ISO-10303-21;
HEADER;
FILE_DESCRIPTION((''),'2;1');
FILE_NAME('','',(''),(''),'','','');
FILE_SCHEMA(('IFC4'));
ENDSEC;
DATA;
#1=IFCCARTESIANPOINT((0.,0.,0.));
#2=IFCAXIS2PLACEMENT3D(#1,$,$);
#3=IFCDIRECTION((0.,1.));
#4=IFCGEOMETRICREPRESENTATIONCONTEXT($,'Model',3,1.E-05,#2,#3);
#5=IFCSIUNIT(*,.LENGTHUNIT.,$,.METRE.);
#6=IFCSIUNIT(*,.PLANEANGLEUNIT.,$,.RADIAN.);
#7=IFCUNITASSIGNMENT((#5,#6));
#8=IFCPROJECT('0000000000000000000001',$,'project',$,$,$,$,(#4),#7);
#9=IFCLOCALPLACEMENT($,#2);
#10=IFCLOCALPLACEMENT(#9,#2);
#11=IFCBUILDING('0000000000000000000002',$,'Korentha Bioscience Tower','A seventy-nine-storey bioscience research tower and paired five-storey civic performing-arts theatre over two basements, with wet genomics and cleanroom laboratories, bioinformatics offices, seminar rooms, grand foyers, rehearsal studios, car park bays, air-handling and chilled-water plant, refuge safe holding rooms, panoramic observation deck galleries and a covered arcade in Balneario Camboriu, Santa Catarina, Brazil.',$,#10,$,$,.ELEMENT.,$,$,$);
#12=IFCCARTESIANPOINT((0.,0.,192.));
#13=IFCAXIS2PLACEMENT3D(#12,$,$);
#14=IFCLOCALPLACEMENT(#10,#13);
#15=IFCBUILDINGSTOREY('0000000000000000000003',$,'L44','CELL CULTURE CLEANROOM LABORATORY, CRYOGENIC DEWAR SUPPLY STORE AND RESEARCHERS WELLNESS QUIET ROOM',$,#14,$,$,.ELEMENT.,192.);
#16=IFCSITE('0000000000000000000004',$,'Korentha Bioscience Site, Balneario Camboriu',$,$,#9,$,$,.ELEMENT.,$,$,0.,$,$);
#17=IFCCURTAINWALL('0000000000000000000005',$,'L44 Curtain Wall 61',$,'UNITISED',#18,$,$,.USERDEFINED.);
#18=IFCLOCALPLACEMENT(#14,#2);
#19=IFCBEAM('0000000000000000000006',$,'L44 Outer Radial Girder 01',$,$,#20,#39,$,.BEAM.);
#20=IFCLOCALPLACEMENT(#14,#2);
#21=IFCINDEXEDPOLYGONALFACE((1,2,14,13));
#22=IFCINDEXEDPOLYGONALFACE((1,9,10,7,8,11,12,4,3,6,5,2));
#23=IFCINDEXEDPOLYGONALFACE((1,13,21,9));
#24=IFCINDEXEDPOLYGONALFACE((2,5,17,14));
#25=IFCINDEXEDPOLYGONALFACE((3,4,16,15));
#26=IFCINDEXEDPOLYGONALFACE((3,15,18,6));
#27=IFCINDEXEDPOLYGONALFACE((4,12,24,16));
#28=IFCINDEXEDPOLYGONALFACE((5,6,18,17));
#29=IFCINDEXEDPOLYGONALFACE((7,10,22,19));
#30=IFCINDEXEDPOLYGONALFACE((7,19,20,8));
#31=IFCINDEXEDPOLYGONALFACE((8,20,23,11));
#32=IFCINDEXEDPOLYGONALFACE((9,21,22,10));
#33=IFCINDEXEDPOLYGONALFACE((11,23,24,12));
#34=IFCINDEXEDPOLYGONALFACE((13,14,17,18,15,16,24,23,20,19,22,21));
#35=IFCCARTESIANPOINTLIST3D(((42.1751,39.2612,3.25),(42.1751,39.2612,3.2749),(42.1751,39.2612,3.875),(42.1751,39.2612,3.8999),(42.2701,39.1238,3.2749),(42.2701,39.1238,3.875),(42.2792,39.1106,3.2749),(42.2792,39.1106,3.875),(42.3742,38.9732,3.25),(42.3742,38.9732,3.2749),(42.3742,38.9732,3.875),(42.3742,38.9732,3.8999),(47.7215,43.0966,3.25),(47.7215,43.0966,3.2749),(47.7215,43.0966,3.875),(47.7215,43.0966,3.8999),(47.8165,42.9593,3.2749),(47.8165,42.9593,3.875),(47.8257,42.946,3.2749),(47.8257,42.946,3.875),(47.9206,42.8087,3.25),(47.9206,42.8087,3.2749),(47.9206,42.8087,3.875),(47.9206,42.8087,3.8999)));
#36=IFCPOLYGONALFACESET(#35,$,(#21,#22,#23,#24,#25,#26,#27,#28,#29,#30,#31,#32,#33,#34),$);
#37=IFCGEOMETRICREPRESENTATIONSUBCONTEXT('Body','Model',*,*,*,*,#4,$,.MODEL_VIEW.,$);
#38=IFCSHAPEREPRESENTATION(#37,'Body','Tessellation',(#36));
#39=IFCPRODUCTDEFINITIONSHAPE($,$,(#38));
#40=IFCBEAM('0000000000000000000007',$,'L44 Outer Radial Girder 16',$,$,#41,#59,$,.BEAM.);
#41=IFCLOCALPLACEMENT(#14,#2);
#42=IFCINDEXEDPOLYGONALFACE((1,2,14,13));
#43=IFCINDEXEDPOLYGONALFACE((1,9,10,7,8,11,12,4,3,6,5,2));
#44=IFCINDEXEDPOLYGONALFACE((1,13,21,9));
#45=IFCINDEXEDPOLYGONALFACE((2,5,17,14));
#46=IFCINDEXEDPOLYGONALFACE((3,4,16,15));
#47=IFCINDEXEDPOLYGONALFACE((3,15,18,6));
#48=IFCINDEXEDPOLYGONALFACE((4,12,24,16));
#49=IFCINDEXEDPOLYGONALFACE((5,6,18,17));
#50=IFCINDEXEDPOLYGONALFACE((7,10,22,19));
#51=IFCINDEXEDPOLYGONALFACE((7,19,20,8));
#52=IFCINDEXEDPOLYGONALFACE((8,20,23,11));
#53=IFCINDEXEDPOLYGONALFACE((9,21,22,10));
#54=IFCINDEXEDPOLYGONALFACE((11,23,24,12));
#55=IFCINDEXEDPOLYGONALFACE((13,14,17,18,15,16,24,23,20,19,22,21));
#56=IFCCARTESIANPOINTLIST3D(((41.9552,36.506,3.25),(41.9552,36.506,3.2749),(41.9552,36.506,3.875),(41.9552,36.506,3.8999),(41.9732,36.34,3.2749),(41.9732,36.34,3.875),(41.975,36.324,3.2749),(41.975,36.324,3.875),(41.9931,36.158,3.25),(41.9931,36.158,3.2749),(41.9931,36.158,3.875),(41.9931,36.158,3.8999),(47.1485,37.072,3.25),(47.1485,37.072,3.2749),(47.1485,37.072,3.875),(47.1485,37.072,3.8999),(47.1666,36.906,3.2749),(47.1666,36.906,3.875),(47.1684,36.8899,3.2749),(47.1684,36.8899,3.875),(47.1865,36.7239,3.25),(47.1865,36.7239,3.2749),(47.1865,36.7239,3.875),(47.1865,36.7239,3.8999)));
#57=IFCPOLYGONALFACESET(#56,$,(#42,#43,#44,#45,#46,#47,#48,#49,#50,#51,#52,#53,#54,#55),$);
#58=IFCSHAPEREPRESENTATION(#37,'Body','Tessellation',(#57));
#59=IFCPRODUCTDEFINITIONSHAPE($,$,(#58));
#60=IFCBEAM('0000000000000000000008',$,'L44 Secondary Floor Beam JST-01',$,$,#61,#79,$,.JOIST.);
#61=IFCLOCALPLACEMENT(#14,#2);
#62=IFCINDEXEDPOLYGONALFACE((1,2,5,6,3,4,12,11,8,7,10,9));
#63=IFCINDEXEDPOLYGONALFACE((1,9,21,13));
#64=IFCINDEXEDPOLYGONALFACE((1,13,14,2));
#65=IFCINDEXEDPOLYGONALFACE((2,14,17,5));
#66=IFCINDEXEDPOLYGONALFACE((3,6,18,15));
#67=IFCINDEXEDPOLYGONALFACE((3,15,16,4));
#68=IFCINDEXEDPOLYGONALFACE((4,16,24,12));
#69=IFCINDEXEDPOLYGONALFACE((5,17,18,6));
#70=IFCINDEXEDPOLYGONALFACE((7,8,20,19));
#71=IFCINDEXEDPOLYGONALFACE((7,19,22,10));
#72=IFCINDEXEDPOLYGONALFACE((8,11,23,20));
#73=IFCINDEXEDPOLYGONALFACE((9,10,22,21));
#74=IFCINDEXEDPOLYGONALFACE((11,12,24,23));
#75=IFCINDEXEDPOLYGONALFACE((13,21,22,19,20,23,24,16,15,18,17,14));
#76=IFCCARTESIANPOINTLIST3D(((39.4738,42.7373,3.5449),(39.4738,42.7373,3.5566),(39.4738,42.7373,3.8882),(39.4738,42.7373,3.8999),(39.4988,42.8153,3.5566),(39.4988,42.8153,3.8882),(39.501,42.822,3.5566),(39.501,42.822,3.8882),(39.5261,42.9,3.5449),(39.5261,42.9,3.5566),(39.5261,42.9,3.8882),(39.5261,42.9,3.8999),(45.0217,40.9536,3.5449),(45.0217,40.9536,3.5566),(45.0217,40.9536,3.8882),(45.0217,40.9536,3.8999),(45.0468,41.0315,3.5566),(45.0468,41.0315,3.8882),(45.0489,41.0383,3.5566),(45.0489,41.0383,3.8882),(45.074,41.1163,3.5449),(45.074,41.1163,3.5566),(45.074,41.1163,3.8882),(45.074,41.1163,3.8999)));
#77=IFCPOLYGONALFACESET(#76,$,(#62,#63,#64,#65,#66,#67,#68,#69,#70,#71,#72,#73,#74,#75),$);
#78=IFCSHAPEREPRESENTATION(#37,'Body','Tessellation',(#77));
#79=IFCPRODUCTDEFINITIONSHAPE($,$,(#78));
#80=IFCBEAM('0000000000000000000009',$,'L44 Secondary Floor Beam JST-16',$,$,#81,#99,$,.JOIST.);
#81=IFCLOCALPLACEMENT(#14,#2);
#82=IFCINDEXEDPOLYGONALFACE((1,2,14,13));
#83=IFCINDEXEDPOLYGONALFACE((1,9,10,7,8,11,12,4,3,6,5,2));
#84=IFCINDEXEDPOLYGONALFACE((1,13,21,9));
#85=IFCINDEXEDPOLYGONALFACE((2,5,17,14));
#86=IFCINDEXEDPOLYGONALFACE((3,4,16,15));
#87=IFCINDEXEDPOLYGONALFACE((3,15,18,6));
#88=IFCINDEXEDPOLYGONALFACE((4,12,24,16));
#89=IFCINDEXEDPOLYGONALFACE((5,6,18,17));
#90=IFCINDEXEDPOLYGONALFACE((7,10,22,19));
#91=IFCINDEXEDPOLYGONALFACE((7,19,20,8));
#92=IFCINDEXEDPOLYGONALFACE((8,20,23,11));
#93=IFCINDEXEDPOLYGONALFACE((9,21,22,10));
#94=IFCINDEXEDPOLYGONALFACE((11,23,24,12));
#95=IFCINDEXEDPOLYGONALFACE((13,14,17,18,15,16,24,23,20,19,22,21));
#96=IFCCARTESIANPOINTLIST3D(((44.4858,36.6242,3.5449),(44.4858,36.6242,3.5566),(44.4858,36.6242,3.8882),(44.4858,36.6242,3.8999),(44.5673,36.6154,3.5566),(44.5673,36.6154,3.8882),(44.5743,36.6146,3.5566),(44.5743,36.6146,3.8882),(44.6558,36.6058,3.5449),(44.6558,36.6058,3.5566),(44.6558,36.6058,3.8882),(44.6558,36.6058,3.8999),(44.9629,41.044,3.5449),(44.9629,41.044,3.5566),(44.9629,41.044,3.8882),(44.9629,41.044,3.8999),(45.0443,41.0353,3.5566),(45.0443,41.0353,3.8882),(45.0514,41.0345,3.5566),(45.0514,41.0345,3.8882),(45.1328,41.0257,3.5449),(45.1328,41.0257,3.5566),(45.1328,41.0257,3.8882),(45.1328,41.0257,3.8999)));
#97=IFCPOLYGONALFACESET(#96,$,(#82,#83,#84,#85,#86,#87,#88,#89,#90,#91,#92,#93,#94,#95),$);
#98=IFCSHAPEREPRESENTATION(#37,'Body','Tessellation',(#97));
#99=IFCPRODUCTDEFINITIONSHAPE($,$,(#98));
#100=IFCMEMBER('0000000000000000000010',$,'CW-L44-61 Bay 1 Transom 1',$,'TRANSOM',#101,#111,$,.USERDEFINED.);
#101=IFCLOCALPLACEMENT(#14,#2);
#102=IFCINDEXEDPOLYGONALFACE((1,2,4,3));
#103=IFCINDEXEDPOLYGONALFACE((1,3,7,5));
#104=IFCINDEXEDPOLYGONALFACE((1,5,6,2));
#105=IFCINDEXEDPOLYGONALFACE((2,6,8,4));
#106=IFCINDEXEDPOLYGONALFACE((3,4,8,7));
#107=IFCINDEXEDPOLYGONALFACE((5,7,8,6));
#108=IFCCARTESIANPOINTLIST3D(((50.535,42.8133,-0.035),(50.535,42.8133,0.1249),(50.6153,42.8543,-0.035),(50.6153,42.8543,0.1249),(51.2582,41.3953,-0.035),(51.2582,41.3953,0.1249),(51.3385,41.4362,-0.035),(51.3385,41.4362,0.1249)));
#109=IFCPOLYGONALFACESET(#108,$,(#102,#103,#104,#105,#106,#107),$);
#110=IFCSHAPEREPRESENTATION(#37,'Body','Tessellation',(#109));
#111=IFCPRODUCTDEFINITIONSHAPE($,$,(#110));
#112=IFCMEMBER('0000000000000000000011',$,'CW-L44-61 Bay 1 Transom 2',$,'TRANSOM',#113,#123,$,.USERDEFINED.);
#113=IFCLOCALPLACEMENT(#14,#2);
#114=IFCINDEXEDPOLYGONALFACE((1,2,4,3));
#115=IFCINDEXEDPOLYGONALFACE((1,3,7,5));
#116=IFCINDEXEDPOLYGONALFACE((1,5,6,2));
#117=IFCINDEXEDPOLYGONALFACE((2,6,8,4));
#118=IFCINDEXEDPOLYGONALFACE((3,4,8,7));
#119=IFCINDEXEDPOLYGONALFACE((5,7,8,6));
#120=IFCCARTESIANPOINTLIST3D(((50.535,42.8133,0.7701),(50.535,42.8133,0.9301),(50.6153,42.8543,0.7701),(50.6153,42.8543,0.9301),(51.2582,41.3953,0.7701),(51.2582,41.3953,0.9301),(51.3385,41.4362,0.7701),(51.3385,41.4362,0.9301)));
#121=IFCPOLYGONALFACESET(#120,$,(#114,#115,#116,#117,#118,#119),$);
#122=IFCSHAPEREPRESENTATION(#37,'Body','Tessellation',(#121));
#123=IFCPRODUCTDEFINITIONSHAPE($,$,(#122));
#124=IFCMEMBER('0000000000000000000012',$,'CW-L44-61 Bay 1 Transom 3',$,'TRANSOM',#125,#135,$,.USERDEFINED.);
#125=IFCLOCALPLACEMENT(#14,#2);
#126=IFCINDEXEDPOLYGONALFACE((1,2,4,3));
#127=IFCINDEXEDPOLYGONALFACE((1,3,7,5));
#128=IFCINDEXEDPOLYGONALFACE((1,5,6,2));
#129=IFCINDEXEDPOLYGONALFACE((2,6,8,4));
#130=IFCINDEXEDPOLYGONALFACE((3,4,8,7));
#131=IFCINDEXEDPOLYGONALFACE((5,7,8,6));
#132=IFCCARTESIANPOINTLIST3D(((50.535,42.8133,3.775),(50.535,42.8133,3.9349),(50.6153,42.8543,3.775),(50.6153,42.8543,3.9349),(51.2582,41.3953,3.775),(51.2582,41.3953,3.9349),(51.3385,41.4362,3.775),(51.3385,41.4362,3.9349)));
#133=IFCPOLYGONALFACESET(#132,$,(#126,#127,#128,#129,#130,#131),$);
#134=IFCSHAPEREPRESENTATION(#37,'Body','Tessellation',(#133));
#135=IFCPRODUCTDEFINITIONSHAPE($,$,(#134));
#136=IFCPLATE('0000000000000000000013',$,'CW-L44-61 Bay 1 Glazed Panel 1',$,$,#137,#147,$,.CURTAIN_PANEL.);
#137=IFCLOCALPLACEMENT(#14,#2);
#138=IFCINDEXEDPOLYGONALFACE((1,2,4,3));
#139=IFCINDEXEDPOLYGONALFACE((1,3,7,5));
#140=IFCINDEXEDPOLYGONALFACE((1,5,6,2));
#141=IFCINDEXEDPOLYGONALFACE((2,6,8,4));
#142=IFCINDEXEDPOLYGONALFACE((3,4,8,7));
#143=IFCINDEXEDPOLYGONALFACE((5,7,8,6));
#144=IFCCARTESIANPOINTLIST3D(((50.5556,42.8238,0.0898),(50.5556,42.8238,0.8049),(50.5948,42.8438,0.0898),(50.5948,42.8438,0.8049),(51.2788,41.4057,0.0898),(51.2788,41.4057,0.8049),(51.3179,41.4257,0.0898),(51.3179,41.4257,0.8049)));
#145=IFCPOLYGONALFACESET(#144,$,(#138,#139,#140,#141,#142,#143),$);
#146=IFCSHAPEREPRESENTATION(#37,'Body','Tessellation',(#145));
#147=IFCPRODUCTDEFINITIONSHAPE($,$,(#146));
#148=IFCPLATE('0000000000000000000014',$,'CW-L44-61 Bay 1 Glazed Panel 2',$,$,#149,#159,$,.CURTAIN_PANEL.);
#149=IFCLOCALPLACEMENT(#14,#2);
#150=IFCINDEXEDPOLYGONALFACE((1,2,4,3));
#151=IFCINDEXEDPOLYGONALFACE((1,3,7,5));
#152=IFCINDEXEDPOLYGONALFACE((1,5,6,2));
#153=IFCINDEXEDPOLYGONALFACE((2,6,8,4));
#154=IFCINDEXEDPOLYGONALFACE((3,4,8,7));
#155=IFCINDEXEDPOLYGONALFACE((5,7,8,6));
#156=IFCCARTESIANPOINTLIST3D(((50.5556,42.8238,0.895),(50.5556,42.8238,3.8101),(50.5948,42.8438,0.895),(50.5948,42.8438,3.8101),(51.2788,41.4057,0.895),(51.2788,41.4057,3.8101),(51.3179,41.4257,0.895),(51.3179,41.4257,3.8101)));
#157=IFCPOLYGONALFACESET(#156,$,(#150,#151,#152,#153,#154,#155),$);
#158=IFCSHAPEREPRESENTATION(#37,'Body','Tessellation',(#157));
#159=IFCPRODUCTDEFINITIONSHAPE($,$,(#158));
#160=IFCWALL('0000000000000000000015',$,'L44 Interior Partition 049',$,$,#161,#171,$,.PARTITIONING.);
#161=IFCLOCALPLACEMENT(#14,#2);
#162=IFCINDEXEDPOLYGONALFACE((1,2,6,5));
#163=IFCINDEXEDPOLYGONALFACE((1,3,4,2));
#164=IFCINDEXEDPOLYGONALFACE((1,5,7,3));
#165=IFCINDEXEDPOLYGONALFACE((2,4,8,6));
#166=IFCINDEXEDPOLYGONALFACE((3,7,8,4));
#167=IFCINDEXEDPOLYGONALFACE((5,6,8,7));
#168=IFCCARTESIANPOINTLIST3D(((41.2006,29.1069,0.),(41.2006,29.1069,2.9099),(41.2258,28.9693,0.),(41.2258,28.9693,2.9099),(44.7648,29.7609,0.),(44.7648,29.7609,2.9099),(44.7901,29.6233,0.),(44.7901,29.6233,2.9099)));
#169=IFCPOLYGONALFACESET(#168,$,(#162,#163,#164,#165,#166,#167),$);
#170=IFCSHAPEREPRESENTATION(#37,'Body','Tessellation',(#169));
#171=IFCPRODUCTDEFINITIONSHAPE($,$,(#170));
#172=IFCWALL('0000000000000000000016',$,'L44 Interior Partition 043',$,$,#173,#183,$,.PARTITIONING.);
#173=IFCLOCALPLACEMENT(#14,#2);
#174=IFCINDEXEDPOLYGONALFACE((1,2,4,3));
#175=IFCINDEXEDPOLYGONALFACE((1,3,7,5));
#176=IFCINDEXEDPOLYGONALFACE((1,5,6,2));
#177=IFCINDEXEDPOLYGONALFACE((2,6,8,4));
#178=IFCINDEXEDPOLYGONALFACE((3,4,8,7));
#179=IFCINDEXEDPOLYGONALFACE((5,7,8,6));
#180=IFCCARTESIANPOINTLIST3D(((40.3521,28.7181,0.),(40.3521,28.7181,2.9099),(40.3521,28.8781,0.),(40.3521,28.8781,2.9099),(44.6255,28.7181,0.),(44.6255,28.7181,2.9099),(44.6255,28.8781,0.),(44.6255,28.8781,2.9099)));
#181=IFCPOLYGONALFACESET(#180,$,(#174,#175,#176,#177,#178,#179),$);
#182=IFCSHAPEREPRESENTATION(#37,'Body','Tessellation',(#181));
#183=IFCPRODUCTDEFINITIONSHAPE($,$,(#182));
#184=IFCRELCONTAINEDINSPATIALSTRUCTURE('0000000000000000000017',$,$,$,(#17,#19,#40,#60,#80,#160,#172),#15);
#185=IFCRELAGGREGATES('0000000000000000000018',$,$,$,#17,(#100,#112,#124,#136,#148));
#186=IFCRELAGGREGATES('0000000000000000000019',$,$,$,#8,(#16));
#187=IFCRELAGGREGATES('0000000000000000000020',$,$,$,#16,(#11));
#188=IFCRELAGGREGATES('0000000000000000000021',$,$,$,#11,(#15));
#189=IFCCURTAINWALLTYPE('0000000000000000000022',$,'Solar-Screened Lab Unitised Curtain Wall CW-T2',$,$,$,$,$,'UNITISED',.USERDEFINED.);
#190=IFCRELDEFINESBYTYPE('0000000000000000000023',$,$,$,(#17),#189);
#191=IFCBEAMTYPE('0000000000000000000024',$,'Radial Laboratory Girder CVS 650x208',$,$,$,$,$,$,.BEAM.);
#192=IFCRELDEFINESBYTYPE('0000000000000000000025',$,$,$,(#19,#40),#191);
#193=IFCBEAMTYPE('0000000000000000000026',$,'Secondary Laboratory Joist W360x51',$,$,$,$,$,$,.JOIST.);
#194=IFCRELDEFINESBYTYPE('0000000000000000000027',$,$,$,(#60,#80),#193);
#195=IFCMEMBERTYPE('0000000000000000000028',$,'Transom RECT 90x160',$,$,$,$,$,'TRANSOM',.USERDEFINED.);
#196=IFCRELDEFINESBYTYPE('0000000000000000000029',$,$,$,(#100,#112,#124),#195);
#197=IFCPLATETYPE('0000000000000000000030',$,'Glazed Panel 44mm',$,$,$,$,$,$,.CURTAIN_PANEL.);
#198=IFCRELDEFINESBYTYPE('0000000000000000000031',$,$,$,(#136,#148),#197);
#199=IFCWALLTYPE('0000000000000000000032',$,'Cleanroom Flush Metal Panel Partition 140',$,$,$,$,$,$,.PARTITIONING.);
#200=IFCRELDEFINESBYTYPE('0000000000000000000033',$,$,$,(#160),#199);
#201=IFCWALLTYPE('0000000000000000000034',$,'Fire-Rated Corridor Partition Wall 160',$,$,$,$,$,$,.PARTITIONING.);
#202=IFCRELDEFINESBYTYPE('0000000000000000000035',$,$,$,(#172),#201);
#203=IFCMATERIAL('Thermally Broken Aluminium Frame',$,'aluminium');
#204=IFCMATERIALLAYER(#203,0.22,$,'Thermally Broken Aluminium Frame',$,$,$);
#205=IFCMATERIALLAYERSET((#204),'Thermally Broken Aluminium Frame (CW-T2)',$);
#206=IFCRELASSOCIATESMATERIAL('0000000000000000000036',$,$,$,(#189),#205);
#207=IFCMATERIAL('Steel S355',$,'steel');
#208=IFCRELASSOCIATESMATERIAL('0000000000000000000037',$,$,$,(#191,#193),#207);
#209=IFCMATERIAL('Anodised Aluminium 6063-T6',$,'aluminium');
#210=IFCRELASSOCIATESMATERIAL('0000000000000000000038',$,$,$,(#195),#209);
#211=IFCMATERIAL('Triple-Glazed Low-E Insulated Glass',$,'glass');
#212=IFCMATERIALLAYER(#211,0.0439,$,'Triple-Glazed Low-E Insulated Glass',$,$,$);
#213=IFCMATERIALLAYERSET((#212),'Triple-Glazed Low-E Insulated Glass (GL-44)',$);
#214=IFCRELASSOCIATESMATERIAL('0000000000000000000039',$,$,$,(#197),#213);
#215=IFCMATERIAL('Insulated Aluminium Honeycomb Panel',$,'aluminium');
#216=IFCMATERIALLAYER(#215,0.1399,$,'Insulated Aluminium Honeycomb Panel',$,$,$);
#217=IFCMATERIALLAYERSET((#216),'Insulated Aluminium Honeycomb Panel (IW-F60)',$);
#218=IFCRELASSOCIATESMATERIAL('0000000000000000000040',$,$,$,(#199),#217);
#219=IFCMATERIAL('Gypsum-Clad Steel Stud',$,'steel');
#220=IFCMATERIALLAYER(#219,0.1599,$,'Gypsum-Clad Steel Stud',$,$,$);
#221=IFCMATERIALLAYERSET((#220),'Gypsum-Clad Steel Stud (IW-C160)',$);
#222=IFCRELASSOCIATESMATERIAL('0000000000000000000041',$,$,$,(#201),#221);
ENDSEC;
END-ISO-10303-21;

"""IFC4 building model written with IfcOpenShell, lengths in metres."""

from ifc_helpers import new_model, si_unit, direction, frame, frame_2d, origin, origin_2d, place, context, subcontext, project, spatial, rectangle, i_section, extrude, material, layer, layer_set, material_profile, profile_set, type_object, element, aggregate, save


model = new_model("IFC4")

# Units and contexts
model_context = context("Model", 3, precision=1e-05, world=origin(), true_north=direction((0.0, 1.0)))
body_context = subcontext(model_context, "Body", "Model", "MODEL_VIEW")
ifc_project = project(units=[si_unit("LENGTHUNIT", "METRE"), si_unit("PLANEANGLEUNIT", "RADIAN")], contexts=[model_context])

# Site, building, storey
site_placement = place(None, origin())
site = spatial("IfcSite", under=ifc_project, at=site_placement, Name="Korentha Bioscience Site, Balneario Camboriu", CompositionType="ELEMENT", RefElevation=0.0)
building_placement = place(site_placement, origin())
building = spatial("IfcBuilding", under=site, at=building_placement, Name="Korentha Bioscience Tower", Description="A seventy-nine-storey bioscience research tower and paired five-storey civic performing-arts theatre over two basements, with wet genomics and cleanroom laboratories, bioinformatics offices, seminar rooms, grand foyers, rehearsal studios, car park bays, air-handling and chilled-water plant, refuge safe holding rooms, panoramic observation deck galleries and a covered arcade in Balneario Camboriu, Santa Catarina, Brazil.", CompositionType="ELEMENT")
storey_placement = place(building_placement, frame((0.0, 0.0, 192.0)))
storey = spatial("IfcBuildingStorey", under=building, at=storey_placement, Name="L44", Description="CELL CULTURE CLEANROOM LABORATORY, CRYOGENIC DEWAR SUPPLY STORE AND RESEARCHERS WELLNESS QUIET ROOM", CompositionType="ELEMENT", Elevation=192.0)

# Shared definitions
ifc_material_1 = material(Name="Steel S355", Category="steel")

# Curtain wall
ifc_material_2 = material(Name="Thermally Broken Aluminium Frame", Category="aluminium")
ifc_layer_1 = layer(ifc_material_2, 0.22, Name="Thermally Broken Aluminium Frame")
ifc_layer_set_1 = layer_set([ifc_layer_1], Name="Thermally Broken Aluminium Frame (CW-T2)")
curtain_wall_type = type_object("IfcCurtainWallType", Name="Solar-Screened Lab Unitised Curtain Wall CW-T2", ElementType="UNITISED", PredefinedType="USERDEFINED", material=ifc_layer_set_1)
curtain_wall_placement = place(storey_placement, origin())
curtain_wall = element("IfcCurtainWall", 1, at=curtain_wall_placement, inside=storey, type_object=curtain_wall_type, Name="L44 Curtain Wall 61", ObjectType="UNITISED", PredefinedType="USERDEFINED")
ifc_material_3 = material(Name="Anodised Aluminium 6063-T6", Category="aluminium")

# Beams
ifc_material_profile_1 = material_profile(ifc_material_1, i_section(OverallWidth=0.3501, OverallDepth=0.6499, WebThickness=0.0161, FlangeThickness=0.0249, at=origin_2d()), Name="Steel S355")
ifc_profile_set_1 = profile_set([ifc_material_profile_1], Name="Steel S355 (RB-650)")
beam_type_1 = type_object("IfcBeamType", Name="Radial Laboratory Girder CVS 650x208", PredefinedType="BEAM", material=ifc_profile_set_1)
beam_1_placement = place(storey_placement, frame((42.2747, 39.1172, 3.575), z_axis=(0.822494, 0.568773, 0.0), x_axis=(-0.568773, 0.822494, 0.0)))
element("IfcBeam", 2, at=beam_1_placement, inside=storey, type_object=beam_type_1, Name="L44 Outer Radial Girder 01", PredefinedType="BEAM", context=body_context, shape_type="SweptSolid", body=[
    extrude(i_section(OverallWidth=0.3501, OverallDepth=0.6499, WebThickness=0.0161, FlangeThickness=0.0249, at=origin_2d()), origin(), (0.0, 0.0, 1.0), 6.7434),
])
beam_2_placement = place(storey_placement, frame((41.9741, 36.332, 3.575), z_axis=(0.994115, 0.108328, 0.0), x_axis=(-0.108328, 0.994115, 0.0)))
element("IfcBeam", 3, at=beam_2_placement, inside=storey, type_object=beam_type_1, Name="L44 Outer Radial Girder 16", PredefinedType="BEAM", context=body_context, shape_type="SweptSolid", body=[
    extrude(i_section(OverallWidth=0.3501, OverallDepth=0.6499, WebThickness=0.0161, FlangeThickness=0.0249, at=origin_2d()), origin(), (0.0, 0.0, 1.0), 5.2241),
])
ifc_material_profile_2 = material_profile(ifc_material_1, i_section(OverallWidth=0.1709, OverallDepth=0.355, WebThickness=0.0071, FlangeThickness=0.0117, at=origin_2d()), Name="Steel S355")
ifc_profile_set_2 = profile_set([ifc_material_profile_2], Name="Steel S355 (JB-360)")
beam_type_2 = type_object("IfcBeamType", Name="Secondary Laboratory Joist W360x51", PredefinedType="JOIST", material=ifc_profile_set_2)
beam_3_placement = place(storey_placement, frame((45.0479, 41.0349, 3.7224), z_axis=(-0.952006, 0.30608, 0.0), x_axis=(-0.30608, -0.952006, 0.0)))
element("IfcBeam", 4, at=beam_3_placement, inside=storey, type_object=beam_type_2, Name="L44 Secondary Floor Beam JST-01", PredefinedType="JOIST", context=body_context, shape_type="SweptSolid", body=[
    extrude(i_section(OverallWidth=0.1709, OverallDepth=0.355, WebThickness=0.0071, FlangeThickness=0.0117, at=origin_2d()), origin(), (0.0, 0.0, 1.0), 5.8276),
])
beam_4_placement = place(storey_placement, frame((44.5708, 36.615, 3.7224), z_axis=(0.107309, 0.994226, 0.0), x_axis=(-0.994226, 0.107309, 0.0)))
element("IfcBeam", 5, at=beam_4_placement, inside=storey, type_object=beam_type_2, Name="L44 Secondary Floor Beam JST-16", PredefinedType="JOIST", context=body_context, shape_type="SweptSolid", body=[
    extrude(i_section(OverallWidth=0.1709, OverallDepth=0.355, WebThickness=0.0071, FlangeThickness=0.0117, at=origin_2d()), origin(), (0.0, 0.0, 1.0), 4.4456),
])

# Members
ifc_material_profile_3 = material_profile(ifc_material_3, rectangle(XDim=0.0901, YDim=0.1599, at=origin_2d()), Name="Anodised Aluminium 6063-T6")
ifc_profile_set_3 = profile_set([ifc_material_profile_3], Name="Anodised Aluminium 6063-T6 (CW-TRN)")
member_type_1 = type_object("IfcMemberType", Name="Transom RECT 90x160", ElementType="TRANSOM", PredefinedType="USERDEFINED", material=ifc_profile_set_3)
member_1_placement = place(storey_placement, frame((51.2983, 41.4158, 0.0449), z_axis=(-0.454316, 0.89084, 0.0), x_axis=(-0.89084, -0.454316, 0.0)))
member_1 = element("IfcMember", 6, at=member_1_placement, type_object=member_type_1, Name="CW-L44-61 Bay 1 Transom 1", ObjectType="TRANSOM", PredefinedType="USERDEFINED", context=body_context, shape_type="SweptSolid", body=[
    extrude(rectangle(XDim=0.0901, YDim=0.1599, at=origin_2d()), origin(), (0.0, 0.0, 1.0), 1.5918),
])
member_2_placement = place(storey_placement, frame((51.2983, 41.4158, 0.8501), z_axis=(-0.454316, 0.89084, 0.0), x_axis=(-0.89084, -0.454316, 0.0)))
member_2 = element("IfcMember", 7, at=member_2_placement, type_object=member_type_1, Name="CW-L44-61 Bay 1 Transom 2", ObjectType="TRANSOM", PredefinedType="USERDEFINED", context=body_context, shape_type="SweptSolid", body=[
    extrude(rectangle(XDim=0.0901, YDim=0.1599, at=origin_2d()), origin(), (0.0, 0.0, 1.0), 1.5918),
])
member_3_placement = place(storey_placement, frame((51.2983, 41.4158, 3.855), z_axis=(-0.454316, 0.89084, 0.0), x_axis=(-0.89084, -0.454316, 0.0)))
member_3 = element("IfcMember", 8, at=member_3_placement, type_object=member_type_1, Name="CW-L44-61 Bay 1 Transom 3", ObjectType="TRANSOM", PredefinedType="USERDEFINED", context=body_context, shape_type="SweptSolid", body=[
    extrude(rectangle(XDim=0.0901, YDim=0.1599, at=origin_2d()), origin(), (0.0, 0.0, 1.0), 1.5918),
])

# Plates
ifc_material_4 = material(Name="Triple-Glazed Low-E Insulated Glass", Category="glass")
ifc_layer_2 = layer(ifc_material_4, 0.0439, Name="Triple-Glazed Low-E Insulated Glass")
ifc_layer_set_2 = layer_set([ifc_layer_2], Name="Triple-Glazed Low-E Insulated Glass (GL-44)")
plate_type = type_object("IfcPlateType", Name="Glazed Panel 44mm", PredefinedType="CURTAIN_PANEL", material=ifc_layer_set_2)
plate_1_placement = place(storey_placement, frame((50.9368, 42.1248, 0.0898), z_axis=(0.0, 0.0, 1.0), x_axis=(-0.454288, 0.890855, 0.0)))
plate_1 = element("IfcPlate", 9, at=plate_1_placement, type_object=plate_type, Name="CW-L44-61 Bay 1 Glazed Panel 1", PredefinedType="CURTAIN_PANEL", context=body_context, shape_type="SweptSolid", body=[
    extrude(rectangle(XDim=1.5918, YDim=0.0439, at=origin_2d()), origin(), (0.0, 0.0, 1.0), 0.7151),
])
plate_2_placement = place(storey_placement, frame((50.9368, 42.1248, 0.895), z_axis=(0.0, 0.0, 1.0), x_axis=(-0.454288, 0.890855, 0.0)))
plate_2 = element("IfcPlate", 10, at=plate_2_placement, type_object=plate_type, Name="CW-L44-61 Bay 1 Glazed Panel 2", PredefinedType="CURTAIN_PANEL", context=body_context, shape_type="SweptSolid", body=[
    extrude(rectangle(XDim=1.5918, YDim=0.0439, at=origin_2d()), origin(), (0.0, 0.0, 1.0), 2.915),
])
aggregate(curtain_wall, [member_1, member_2, member_3, plate_1, plate_2])

# Walls
ifc_material_5 = material(Name="Insulated Aluminium Honeycomb Panel", Category="aluminium")
ifc_layer_3 = layer(ifc_material_5, 0.1399, Name="Insulated Aluminium Honeycomb Panel")
ifc_layer_set_3 = layer_set([ifc_layer_3], Name="Insulated Aluminium Honeycomb Panel (IW-F60)")
wall_type_1 = type_object("IfcWallType", Name="Cleanroom Flush Metal Panel Partition 140", PredefinedType="PARTITIONING", material=ifc_layer_set_3)
wall_1_placement = place(storey_placement, frame((44.7776, 29.6921, 0.0), z_axis=(0.0, 0.0, 1.0), x_axis=(-0.983576, -0.180492, 0.0)))
element("IfcWall", 11, at=wall_1_placement, inside=storey, type_object=wall_type_1, Name="L44 Interior Partition 049", PredefinedType="PARTITIONING", context=body_context, shape_type="SweptSolid", body=[
    extrude(rectangle(XDim=3.6238, YDim=0.1399, at=frame_2d((1.812, 0.0))), origin(), (0.0, 0.0, 1.0), 2.9099),
])
ifc_material_6 = material(Name="Gypsum-Clad Steel Stud", Category="steel")
ifc_layer_4 = layer(ifc_material_6, 0.1599, Name="Gypsum-Clad Steel Stud")
ifc_layer_set_4 = layer_set([ifc_layer_4], Name="Gypsum-Clad Steel Stud (IW-C160)")
wall_type_2 = type_object("IfcWallType", Name="Fire-Rated Corridor Partition Wall 160", PredefinedType="PARTITIONING", material=ifc_layer_set_4)
wall_2_placement = place(storey_placement, frame((40.3521, 28.7981, 0.0), z_axis=(0.0, 0.0, 1.0), x_axis=(1.0, 0.0, 0.0)))
element("IfcWall", 12, at=wall_2_placement, inside=storey, type_object=wall_type_2, Name="L44 Interior Partition 043", PredefinedType="PARTITIONING", context=body_context, shape_type="SweptSolid", body=[
    extrude(rectangle(XDim=4.2734, YDim=0.1599, at=frame_2d((2.1367, 0.0))), origin(), (0.0, 0.0, 1.0), 2.9099),
])

save(model, "model.ifc")
